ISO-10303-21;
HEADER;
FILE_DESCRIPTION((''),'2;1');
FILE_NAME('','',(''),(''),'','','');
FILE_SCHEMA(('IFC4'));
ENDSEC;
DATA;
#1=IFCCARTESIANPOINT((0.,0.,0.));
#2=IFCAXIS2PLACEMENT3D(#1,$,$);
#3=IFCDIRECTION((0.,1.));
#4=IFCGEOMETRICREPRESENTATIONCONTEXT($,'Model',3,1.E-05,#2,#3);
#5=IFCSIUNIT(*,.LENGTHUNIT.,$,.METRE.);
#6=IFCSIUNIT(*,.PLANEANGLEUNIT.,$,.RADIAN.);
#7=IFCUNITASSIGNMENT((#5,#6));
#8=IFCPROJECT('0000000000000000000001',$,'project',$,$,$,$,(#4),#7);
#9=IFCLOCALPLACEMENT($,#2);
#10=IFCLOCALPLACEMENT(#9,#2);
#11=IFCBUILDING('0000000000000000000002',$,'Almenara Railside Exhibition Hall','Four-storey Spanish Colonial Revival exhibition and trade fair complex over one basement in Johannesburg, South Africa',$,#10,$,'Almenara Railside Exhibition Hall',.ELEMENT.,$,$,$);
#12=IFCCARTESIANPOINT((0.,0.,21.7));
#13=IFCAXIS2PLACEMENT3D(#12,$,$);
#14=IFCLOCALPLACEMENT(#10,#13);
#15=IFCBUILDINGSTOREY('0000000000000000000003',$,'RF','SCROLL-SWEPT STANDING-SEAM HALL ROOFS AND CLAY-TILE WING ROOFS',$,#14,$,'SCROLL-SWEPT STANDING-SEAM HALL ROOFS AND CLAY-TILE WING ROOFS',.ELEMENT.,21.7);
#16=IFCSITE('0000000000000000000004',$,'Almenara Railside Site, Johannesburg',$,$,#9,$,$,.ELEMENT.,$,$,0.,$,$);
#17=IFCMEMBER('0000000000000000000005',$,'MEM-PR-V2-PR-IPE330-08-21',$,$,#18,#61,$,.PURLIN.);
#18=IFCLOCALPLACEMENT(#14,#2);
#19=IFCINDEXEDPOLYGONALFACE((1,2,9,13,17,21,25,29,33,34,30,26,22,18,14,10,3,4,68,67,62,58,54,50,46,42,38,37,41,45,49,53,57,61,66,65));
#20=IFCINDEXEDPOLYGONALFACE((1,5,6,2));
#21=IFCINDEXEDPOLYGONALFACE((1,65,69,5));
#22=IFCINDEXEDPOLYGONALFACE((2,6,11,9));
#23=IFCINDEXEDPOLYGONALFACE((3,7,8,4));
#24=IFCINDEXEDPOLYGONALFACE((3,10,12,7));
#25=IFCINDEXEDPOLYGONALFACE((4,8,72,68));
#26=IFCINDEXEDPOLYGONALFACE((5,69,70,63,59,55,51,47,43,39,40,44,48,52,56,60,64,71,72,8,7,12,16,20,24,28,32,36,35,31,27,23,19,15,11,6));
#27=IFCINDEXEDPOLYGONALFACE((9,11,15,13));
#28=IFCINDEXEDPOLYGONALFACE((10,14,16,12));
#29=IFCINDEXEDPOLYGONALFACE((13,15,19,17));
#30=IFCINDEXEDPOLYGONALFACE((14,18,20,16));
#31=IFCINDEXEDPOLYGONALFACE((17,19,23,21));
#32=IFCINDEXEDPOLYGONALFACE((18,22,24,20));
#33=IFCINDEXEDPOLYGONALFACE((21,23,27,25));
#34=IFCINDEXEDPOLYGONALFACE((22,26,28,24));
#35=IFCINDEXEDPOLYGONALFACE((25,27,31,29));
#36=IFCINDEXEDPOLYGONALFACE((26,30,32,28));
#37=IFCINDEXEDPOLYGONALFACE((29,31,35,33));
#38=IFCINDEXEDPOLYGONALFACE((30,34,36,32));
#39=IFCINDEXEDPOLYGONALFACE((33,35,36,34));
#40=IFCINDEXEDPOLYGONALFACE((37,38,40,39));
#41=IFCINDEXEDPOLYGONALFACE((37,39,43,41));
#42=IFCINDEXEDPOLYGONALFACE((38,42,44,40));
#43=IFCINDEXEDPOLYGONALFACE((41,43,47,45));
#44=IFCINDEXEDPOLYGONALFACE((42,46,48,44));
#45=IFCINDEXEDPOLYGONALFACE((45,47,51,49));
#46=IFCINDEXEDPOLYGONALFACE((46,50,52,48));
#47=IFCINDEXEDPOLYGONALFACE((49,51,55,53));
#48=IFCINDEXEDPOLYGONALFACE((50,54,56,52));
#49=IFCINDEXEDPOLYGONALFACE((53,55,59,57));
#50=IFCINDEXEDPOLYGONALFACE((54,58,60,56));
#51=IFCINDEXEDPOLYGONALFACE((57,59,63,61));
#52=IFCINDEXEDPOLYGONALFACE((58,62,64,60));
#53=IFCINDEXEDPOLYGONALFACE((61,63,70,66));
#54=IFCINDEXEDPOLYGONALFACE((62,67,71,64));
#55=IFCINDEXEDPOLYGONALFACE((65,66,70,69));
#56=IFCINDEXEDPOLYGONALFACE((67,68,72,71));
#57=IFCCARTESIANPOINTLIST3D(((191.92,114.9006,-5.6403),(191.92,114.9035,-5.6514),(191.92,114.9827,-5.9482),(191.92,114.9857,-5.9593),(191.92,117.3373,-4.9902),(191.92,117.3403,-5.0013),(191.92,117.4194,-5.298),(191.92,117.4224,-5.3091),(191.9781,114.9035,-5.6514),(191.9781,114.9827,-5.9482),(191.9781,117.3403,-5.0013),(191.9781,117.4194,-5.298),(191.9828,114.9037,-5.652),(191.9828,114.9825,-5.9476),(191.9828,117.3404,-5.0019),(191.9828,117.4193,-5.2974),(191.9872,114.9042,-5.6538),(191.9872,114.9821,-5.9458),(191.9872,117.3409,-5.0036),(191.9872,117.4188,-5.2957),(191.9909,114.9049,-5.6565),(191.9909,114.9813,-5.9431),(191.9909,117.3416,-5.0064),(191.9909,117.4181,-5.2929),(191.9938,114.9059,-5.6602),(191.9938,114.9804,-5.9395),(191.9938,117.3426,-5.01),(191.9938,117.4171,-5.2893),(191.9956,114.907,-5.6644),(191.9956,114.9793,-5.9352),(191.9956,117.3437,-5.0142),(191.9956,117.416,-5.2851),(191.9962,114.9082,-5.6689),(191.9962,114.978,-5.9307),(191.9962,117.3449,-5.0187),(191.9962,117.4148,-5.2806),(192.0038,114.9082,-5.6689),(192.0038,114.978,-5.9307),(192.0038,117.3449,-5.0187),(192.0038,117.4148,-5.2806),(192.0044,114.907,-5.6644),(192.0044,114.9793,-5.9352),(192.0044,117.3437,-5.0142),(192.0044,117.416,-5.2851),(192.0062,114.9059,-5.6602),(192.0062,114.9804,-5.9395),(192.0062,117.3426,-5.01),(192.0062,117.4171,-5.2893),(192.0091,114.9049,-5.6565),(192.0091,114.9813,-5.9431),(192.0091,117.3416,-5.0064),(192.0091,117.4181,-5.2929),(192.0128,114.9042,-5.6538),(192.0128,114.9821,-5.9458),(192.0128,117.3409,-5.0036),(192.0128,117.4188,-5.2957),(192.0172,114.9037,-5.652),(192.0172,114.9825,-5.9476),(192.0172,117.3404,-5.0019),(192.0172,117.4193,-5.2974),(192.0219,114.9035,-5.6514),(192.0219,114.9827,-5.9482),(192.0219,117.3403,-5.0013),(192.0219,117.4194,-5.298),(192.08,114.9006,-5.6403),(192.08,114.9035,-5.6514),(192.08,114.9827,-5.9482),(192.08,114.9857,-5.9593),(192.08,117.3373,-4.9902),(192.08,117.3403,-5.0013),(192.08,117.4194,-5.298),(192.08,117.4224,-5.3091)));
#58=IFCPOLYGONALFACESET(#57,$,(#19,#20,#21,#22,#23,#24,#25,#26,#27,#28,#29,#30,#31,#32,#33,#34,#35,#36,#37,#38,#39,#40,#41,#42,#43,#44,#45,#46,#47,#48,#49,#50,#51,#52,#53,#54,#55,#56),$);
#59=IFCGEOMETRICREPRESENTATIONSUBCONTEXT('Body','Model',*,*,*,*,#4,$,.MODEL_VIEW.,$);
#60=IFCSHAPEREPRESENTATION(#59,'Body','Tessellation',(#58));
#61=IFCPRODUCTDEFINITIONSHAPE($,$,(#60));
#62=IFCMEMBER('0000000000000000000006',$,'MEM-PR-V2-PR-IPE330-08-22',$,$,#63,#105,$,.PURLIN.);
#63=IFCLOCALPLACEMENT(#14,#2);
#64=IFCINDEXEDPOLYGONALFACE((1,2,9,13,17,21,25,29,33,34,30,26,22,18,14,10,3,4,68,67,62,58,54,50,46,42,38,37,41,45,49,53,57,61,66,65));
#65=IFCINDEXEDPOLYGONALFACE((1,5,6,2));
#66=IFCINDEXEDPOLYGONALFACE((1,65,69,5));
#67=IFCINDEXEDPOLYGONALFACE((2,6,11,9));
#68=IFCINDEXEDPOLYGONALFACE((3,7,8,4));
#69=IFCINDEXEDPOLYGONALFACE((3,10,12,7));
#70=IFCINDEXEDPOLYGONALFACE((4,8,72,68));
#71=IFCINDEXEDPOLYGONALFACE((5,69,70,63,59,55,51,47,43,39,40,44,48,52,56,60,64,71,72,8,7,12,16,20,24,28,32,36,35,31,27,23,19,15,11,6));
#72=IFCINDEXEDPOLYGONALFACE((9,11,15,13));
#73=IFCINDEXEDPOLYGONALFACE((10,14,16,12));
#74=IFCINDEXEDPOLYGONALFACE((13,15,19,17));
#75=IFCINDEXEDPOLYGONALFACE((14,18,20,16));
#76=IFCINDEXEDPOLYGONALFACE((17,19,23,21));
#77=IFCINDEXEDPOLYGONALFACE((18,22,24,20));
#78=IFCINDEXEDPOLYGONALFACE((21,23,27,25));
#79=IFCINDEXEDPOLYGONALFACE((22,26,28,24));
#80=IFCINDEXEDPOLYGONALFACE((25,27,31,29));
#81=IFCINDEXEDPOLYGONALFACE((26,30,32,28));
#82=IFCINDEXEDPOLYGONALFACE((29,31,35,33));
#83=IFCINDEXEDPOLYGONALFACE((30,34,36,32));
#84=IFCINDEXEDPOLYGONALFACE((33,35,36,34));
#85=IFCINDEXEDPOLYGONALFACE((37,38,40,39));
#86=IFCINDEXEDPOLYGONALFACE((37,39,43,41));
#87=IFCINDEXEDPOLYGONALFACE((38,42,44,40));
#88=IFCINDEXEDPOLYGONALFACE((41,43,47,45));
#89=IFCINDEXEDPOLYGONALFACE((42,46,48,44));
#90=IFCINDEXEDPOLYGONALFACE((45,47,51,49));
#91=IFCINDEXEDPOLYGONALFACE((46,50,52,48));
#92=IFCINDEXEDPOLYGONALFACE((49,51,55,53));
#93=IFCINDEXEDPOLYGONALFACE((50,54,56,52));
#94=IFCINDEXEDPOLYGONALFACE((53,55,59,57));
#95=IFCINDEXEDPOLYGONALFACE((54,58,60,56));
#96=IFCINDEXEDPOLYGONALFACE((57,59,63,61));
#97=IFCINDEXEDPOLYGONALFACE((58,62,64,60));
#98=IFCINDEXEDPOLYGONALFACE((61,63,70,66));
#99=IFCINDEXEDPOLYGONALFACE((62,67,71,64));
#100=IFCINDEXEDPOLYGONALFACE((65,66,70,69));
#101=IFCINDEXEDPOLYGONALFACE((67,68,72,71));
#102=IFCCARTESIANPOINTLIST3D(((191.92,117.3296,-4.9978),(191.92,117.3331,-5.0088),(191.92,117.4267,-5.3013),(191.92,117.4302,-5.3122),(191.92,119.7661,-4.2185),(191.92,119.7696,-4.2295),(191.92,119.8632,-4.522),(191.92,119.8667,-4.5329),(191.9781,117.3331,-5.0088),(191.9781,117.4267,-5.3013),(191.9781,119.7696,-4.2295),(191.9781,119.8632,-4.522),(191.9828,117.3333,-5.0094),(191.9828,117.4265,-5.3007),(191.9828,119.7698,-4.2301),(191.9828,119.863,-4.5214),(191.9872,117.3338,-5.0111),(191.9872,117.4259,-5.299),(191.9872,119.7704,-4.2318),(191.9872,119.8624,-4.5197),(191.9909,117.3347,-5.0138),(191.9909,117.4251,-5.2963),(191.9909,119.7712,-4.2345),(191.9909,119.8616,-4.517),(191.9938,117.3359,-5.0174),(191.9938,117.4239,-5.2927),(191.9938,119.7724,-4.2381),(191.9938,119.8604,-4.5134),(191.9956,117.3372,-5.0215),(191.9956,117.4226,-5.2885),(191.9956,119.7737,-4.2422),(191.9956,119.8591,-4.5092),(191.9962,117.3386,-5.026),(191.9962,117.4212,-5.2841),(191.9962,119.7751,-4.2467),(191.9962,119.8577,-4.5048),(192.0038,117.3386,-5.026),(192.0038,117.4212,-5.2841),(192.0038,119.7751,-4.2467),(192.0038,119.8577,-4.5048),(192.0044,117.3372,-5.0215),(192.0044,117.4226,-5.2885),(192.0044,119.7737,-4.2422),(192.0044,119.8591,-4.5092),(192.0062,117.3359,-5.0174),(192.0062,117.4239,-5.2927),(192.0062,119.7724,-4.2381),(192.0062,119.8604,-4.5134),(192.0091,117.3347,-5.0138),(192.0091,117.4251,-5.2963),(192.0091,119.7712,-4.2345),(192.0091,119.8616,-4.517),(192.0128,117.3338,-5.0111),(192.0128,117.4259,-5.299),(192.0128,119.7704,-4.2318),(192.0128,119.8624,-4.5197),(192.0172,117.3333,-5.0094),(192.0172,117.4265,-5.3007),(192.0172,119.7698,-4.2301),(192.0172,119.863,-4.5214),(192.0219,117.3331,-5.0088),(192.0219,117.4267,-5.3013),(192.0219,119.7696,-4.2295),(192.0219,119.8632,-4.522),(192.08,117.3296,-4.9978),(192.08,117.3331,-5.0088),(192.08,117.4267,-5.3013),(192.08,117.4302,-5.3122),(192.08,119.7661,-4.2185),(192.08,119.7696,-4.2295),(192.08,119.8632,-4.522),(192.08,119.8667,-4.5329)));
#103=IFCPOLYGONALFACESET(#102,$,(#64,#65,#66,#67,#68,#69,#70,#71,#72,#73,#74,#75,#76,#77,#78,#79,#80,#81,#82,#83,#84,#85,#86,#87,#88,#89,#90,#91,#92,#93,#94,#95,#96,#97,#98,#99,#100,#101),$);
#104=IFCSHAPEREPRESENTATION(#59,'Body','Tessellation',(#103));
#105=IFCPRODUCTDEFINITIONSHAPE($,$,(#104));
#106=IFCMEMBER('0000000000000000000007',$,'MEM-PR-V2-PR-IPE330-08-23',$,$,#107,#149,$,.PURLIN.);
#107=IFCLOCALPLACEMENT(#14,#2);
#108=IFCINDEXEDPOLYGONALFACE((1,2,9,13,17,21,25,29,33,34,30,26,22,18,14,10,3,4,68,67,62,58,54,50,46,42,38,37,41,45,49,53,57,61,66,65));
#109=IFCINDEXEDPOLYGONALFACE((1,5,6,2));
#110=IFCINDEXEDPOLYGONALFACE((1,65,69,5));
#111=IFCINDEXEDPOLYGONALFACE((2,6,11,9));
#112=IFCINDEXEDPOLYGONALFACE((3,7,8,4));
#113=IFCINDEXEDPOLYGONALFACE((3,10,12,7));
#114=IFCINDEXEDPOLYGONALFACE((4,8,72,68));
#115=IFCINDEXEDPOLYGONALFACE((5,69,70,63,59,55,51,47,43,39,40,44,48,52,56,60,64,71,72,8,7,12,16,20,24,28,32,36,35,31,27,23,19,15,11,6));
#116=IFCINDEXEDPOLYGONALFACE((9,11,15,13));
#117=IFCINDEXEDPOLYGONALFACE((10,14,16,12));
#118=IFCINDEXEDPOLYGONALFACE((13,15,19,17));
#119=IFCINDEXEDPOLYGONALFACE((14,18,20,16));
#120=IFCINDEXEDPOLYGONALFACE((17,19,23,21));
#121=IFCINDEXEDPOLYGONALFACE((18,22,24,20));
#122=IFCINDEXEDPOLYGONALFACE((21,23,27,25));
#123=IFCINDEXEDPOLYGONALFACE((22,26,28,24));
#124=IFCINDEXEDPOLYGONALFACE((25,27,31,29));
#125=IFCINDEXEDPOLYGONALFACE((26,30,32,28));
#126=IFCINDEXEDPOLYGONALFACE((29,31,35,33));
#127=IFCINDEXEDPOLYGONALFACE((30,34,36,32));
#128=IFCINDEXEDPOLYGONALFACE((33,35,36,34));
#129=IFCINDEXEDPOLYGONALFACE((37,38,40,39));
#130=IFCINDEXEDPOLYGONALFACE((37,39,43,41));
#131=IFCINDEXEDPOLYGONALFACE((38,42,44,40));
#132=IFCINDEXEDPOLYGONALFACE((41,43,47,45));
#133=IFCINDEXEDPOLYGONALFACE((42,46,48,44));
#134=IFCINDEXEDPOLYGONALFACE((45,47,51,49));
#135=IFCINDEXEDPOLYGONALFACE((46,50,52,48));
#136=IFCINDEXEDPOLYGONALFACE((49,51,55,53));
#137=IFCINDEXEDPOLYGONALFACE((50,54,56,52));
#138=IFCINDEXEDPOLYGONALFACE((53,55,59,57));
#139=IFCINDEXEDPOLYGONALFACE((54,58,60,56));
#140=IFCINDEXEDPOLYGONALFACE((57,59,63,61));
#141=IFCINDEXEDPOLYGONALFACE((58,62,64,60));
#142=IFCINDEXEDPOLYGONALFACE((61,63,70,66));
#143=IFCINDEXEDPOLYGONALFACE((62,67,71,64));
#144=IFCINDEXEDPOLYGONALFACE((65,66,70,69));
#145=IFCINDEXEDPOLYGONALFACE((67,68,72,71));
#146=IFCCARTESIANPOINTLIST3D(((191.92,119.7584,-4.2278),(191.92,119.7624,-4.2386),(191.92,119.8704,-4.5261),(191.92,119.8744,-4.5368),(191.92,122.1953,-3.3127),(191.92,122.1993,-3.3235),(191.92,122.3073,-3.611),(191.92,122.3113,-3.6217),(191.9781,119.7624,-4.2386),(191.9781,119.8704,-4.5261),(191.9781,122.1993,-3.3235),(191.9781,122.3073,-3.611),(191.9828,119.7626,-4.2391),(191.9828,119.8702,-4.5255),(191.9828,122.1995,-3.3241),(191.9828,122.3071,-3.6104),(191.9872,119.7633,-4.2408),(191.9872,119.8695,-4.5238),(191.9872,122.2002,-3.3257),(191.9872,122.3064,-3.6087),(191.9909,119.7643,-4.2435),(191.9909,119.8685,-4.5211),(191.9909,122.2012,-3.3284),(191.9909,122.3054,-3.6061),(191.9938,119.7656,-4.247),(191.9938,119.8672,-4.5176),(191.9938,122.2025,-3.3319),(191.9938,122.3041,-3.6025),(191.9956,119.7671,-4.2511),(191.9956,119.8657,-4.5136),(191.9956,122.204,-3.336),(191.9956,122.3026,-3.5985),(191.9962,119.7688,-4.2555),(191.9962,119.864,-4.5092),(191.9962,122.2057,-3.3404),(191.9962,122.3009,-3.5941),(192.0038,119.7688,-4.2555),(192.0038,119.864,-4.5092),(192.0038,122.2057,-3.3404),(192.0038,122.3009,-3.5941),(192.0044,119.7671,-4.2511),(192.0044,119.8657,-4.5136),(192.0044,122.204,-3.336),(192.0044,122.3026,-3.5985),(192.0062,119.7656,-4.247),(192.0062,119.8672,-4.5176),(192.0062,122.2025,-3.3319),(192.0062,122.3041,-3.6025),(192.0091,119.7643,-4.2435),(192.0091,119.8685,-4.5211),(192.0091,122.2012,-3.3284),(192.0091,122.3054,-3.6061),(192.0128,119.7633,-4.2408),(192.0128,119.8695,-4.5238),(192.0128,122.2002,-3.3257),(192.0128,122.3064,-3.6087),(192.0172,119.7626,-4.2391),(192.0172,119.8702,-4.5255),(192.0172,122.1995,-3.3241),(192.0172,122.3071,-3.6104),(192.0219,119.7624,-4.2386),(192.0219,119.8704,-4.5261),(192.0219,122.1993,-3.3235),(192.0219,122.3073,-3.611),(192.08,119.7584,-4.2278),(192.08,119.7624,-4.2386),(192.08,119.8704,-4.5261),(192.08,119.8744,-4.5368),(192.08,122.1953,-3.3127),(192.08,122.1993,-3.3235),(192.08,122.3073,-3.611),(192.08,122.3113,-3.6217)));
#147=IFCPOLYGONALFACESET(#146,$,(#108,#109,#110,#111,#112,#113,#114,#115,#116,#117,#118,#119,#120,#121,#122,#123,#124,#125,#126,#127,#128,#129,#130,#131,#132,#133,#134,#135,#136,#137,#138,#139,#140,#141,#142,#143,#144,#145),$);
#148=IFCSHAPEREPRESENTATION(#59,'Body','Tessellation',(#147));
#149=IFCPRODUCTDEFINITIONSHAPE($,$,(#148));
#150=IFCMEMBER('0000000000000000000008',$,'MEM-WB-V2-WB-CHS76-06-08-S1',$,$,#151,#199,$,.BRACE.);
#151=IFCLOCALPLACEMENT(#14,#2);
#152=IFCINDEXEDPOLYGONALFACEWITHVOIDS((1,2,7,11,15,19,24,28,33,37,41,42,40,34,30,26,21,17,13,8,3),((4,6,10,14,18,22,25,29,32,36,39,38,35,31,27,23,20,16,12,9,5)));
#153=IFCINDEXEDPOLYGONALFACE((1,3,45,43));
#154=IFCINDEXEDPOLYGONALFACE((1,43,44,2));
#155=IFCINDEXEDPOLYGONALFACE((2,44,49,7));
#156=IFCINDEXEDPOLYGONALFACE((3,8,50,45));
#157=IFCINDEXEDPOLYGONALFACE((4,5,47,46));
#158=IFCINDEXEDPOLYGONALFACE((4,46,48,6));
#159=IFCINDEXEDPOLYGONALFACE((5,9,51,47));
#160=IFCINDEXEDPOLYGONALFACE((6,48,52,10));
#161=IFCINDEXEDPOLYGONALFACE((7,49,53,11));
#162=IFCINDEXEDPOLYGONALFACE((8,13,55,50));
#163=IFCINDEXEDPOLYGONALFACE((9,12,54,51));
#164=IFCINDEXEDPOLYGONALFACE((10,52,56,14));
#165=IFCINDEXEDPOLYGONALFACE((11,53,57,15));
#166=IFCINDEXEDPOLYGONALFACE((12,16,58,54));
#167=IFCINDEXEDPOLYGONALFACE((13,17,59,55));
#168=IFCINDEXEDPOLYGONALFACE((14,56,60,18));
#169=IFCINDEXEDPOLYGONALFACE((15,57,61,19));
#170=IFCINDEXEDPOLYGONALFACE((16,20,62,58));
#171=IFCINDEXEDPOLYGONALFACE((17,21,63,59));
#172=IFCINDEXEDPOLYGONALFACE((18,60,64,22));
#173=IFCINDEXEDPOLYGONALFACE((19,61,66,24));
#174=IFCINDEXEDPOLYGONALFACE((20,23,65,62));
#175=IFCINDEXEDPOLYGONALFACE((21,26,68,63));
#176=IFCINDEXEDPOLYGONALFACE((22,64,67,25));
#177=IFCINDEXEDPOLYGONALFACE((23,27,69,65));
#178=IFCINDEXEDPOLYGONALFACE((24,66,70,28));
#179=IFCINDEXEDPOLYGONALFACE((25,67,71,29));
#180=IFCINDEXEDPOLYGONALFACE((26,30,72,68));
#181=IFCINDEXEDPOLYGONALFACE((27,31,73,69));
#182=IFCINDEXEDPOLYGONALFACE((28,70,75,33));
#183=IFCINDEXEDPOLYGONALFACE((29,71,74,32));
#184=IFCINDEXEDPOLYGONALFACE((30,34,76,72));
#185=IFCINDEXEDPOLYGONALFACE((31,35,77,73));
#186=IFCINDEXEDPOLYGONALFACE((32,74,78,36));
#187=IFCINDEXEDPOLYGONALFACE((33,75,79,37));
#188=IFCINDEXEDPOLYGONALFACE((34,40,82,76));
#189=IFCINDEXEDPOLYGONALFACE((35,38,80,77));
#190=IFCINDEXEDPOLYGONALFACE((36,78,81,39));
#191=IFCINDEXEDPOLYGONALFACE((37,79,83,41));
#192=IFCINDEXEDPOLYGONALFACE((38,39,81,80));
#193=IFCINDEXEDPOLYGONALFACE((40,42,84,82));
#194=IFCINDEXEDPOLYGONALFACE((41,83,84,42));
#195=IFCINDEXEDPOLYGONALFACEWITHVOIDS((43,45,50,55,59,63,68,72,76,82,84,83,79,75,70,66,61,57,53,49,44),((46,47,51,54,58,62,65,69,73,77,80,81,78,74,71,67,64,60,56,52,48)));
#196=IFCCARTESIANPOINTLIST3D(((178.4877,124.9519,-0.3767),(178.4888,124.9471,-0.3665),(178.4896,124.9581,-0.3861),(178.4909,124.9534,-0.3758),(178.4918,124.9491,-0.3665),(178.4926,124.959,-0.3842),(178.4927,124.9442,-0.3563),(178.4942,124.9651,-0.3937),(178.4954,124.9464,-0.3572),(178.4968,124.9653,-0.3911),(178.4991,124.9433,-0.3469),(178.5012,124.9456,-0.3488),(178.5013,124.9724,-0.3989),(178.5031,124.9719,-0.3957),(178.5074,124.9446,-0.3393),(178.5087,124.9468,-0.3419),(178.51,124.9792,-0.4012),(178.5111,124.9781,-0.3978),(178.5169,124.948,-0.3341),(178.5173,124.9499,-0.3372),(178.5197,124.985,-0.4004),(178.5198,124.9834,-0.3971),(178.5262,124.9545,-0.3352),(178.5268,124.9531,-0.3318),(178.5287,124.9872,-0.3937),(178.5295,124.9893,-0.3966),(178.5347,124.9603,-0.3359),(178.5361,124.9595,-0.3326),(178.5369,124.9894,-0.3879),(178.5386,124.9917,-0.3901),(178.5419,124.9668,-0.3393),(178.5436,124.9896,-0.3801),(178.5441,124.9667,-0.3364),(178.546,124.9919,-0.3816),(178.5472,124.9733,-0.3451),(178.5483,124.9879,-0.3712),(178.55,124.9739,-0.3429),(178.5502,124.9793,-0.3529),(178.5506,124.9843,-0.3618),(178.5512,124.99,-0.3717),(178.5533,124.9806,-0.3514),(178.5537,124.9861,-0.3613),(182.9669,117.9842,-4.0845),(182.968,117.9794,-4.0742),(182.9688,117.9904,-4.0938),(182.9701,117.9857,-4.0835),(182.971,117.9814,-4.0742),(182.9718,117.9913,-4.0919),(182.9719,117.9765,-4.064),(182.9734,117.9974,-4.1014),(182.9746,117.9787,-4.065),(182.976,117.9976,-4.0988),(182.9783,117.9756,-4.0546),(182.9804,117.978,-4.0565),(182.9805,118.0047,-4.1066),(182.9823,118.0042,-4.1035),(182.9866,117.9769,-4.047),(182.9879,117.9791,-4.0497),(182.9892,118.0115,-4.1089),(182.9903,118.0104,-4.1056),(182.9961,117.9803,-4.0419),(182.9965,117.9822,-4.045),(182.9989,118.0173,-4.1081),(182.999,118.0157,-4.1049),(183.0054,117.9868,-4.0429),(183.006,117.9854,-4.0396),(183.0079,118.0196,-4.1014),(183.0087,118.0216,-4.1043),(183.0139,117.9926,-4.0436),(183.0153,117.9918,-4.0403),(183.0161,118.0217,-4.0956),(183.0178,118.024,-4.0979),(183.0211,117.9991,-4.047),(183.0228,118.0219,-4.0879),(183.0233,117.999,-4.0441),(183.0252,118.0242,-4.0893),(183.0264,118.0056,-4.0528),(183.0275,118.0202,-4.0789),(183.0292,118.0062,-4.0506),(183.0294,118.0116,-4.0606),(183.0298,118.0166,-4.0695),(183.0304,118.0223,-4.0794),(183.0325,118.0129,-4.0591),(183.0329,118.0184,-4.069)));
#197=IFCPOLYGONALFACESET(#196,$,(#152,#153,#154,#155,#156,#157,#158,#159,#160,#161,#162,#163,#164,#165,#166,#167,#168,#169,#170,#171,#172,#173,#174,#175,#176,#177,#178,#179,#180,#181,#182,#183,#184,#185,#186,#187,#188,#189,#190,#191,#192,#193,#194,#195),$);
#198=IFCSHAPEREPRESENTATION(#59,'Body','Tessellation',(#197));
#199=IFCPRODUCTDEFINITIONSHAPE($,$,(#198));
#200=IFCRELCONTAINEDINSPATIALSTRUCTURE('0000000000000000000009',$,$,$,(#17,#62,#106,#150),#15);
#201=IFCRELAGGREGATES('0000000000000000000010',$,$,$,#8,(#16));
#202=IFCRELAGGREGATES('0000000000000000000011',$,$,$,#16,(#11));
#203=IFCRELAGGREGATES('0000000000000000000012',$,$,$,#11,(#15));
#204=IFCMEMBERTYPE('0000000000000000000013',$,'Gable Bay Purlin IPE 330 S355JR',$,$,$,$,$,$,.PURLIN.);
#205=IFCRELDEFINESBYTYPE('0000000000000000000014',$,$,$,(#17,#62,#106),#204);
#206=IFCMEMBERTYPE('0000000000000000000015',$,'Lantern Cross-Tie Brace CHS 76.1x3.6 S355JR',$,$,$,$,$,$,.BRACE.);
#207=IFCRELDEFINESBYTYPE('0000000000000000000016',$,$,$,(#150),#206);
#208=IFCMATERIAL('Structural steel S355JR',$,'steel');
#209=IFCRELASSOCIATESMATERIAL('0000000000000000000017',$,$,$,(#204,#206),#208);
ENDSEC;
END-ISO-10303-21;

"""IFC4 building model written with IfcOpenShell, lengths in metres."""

from ifc_helpers import new_model, si_unit, direction, frame, origin, origin_2d, place, context, subcontext, project, spatial, hollow_circle, i_section, extrude, material, material_profile, profile_set, type_object, element, save


model = new_model("IFC4")

# Units and contexts
model_context = context("Model", 3, precision=1e-05, world=origin(), true_north=direction((0.0, 1.0)))
body_context = subcontext(model_context, "Body", "Model", "MODEL_VIEW")
ifc_project = project(units=[si_unit("LENGTHUNIT", "METRE"), si_unit("PLANEANGLEUNIT", "RADIAN")], contexts=[model_context])

# Site, building, storey
site_placement = place(None, origin())
site = spatial("IfcSite", under=ifc_project, at=site_placement, Name="Almenara Railside Site, Johannesburg", CompositionType="ELEMENT", RefElevation=0.0)
building_placement = place(site_placement, origin())
building = spatial("IfcBuilding", under=site, at=building_placement, Name="Almenara Railside Exhibition Hall", Description="Four-storey Spanish Colonial Revival exhibition and trade fair complex over one basement in Johannesburg, South Africa", LongName="Almenara Railside Exhibition Hall", CompositionType="ELEMENT")
storey_placement = place(building_placement, frame((0.0, 0.0, 21.7)))
storey = spatial("IfcBuildingStorey", under=building, at=storey_placement, Name="RF", Description="SCROLL-SWEPT STANDING-SEAM HALL ROOFS AND CLAY-TILE WING ROOFS", LongName="SCROLL-SWEPT STANDING-SEAM HALL ROOFS AND CLAY-TILE WING ROOFS", CompositionType="ELEMENT", Elevation=21.7)

# Shared definitions
ifc_material = material(Name="Structural steel S355JR", Category="steel")

# Members
ifc_material_profile_1 = material_profile(ifc_material, i_section(OverallWidth=0.1599, OverallDepth=0.3301, WebThickness=0.0076, FlangeThickness=0.0115, FilletRadius=0.0181, at=origin_2d()), Name="IPE 330")
ifc_profile_set_1 = profile_set([ifc_material_profile_1], Name="Structural steel S355JR")
member_type_1 = type_object("IfcMemberType", Name="Gable Bay Purlin IPE 330 S355JR", PredefinedType="PURLIN", material=ifc_profile_set_1)
member_1_placement = place(storey_placement, frame((192.0, 114.9431, -5.7998), z_axis=(0.0, 0.966201, 0.257789), x_axis=(-1.0, 0.0, 0.0)))
element("IfcMember", 1, at=member_1_placement, inside=storey, type_object=member_type_1, Name="MEM-PR-V2-PR-IPE330-08-21", PredefinedType="PURLIN", context=body_context, shape_type="SweptSolid", body=[
    extrude(i_section(OverallWidth=0.1599, OverallDepth=0.3301, WebThickness=0.0076, FlangeThickness=0.0115, FilletRadius=0.0181, at=origin_2d()), origin(), (0.0, 0.0, 1.0), 2.522),
])
member_2_placement = place(storey_placement, frame((192.0, 117.3799, -5.155), z_axis=(0.0, 0.952468, 0.304637), x_axis=(-1.0, 0.0, 0.0)))
element("IfcMember", 2, at=member_2_placement, inside=storey, type_object=member_type_1, Name="MEM-PR-V2-PR-IPE330-08-22", PredefinedType="PURLIN", context=body_context, shape_type="SweptSolid", body=[
    extrude(i_section(OverallWidth=0.1599, OverallDepth=0.3301, WebThickness=0.0076, FlangeThickness=0.0115, FilletRadius=0.0181, at=origin_2d()), origin(), (0.0, 0.0, 1.0), 2.5581),
])
member_3_placement = place(storey_placement, frame((192.0, 119.8164, -4.3823), z_axis=(0.0, 0.936171, 0.351545), x_axis=(-1.0, 0.0, 0.0)))
element("IfcMember", 3, at=member_3_placement, inside=storey, type_object=member_type_1, Name="MEM-PR-V2-PR-IPE330-08-23", PredefinedType="PURLIN", context=body_context, shape_type="SweptSolid", body=[
    extrude(i_section(OverallWidth=0.1599, OverallDepth=0.3301, WebThickness=0.0076, FlangeThickness=0.0115, FilletRadius=0.0181, at=origin_2d()), origin(), (0.0, 0.0, 1.0), 2.603),
])
ifc_material_profile_2 = material_profile(ifc_material, hollow_circle(Radius=0.0381, WallThickness=0.0037, at=origin_2d()), Name="CHS 76.1x3.6")
ifc_profile_set_2 = profile_set([ifc_material_profile_2], Name="Structural steel S355JR")
member_type_2 = type_object("IfcMemberType", Name="Lantern Cross-Tie Brace CHS 76.1x3.6 S355JR", PredefinedType="BRACE", material=ifc_profile_set_2)
member_4_placement = place(storey_placement, frame((183.0, 118.0, -4.0742), z_axis=(-0.493565, 0.767773, 0.408556), x_axis=(-0.84118, -0.540755, 0.0)))
element("IfcMember", 4, at=member_4_placement, inside=storey, type_object=member_type_2, Name="MEM-WB-V2-WB-CHS76-06-08-S1", PredefinedType="BRACE", context=body_context, shape_type="SweptSolid", body=[
    extrude(hollow_circle(Radius=0.0381, WallThickness=0.0037, at=origin_2d()), origin(), (0.0, 0.0, 1.0), 9.0752),
])

save(model, "model.ifc")
